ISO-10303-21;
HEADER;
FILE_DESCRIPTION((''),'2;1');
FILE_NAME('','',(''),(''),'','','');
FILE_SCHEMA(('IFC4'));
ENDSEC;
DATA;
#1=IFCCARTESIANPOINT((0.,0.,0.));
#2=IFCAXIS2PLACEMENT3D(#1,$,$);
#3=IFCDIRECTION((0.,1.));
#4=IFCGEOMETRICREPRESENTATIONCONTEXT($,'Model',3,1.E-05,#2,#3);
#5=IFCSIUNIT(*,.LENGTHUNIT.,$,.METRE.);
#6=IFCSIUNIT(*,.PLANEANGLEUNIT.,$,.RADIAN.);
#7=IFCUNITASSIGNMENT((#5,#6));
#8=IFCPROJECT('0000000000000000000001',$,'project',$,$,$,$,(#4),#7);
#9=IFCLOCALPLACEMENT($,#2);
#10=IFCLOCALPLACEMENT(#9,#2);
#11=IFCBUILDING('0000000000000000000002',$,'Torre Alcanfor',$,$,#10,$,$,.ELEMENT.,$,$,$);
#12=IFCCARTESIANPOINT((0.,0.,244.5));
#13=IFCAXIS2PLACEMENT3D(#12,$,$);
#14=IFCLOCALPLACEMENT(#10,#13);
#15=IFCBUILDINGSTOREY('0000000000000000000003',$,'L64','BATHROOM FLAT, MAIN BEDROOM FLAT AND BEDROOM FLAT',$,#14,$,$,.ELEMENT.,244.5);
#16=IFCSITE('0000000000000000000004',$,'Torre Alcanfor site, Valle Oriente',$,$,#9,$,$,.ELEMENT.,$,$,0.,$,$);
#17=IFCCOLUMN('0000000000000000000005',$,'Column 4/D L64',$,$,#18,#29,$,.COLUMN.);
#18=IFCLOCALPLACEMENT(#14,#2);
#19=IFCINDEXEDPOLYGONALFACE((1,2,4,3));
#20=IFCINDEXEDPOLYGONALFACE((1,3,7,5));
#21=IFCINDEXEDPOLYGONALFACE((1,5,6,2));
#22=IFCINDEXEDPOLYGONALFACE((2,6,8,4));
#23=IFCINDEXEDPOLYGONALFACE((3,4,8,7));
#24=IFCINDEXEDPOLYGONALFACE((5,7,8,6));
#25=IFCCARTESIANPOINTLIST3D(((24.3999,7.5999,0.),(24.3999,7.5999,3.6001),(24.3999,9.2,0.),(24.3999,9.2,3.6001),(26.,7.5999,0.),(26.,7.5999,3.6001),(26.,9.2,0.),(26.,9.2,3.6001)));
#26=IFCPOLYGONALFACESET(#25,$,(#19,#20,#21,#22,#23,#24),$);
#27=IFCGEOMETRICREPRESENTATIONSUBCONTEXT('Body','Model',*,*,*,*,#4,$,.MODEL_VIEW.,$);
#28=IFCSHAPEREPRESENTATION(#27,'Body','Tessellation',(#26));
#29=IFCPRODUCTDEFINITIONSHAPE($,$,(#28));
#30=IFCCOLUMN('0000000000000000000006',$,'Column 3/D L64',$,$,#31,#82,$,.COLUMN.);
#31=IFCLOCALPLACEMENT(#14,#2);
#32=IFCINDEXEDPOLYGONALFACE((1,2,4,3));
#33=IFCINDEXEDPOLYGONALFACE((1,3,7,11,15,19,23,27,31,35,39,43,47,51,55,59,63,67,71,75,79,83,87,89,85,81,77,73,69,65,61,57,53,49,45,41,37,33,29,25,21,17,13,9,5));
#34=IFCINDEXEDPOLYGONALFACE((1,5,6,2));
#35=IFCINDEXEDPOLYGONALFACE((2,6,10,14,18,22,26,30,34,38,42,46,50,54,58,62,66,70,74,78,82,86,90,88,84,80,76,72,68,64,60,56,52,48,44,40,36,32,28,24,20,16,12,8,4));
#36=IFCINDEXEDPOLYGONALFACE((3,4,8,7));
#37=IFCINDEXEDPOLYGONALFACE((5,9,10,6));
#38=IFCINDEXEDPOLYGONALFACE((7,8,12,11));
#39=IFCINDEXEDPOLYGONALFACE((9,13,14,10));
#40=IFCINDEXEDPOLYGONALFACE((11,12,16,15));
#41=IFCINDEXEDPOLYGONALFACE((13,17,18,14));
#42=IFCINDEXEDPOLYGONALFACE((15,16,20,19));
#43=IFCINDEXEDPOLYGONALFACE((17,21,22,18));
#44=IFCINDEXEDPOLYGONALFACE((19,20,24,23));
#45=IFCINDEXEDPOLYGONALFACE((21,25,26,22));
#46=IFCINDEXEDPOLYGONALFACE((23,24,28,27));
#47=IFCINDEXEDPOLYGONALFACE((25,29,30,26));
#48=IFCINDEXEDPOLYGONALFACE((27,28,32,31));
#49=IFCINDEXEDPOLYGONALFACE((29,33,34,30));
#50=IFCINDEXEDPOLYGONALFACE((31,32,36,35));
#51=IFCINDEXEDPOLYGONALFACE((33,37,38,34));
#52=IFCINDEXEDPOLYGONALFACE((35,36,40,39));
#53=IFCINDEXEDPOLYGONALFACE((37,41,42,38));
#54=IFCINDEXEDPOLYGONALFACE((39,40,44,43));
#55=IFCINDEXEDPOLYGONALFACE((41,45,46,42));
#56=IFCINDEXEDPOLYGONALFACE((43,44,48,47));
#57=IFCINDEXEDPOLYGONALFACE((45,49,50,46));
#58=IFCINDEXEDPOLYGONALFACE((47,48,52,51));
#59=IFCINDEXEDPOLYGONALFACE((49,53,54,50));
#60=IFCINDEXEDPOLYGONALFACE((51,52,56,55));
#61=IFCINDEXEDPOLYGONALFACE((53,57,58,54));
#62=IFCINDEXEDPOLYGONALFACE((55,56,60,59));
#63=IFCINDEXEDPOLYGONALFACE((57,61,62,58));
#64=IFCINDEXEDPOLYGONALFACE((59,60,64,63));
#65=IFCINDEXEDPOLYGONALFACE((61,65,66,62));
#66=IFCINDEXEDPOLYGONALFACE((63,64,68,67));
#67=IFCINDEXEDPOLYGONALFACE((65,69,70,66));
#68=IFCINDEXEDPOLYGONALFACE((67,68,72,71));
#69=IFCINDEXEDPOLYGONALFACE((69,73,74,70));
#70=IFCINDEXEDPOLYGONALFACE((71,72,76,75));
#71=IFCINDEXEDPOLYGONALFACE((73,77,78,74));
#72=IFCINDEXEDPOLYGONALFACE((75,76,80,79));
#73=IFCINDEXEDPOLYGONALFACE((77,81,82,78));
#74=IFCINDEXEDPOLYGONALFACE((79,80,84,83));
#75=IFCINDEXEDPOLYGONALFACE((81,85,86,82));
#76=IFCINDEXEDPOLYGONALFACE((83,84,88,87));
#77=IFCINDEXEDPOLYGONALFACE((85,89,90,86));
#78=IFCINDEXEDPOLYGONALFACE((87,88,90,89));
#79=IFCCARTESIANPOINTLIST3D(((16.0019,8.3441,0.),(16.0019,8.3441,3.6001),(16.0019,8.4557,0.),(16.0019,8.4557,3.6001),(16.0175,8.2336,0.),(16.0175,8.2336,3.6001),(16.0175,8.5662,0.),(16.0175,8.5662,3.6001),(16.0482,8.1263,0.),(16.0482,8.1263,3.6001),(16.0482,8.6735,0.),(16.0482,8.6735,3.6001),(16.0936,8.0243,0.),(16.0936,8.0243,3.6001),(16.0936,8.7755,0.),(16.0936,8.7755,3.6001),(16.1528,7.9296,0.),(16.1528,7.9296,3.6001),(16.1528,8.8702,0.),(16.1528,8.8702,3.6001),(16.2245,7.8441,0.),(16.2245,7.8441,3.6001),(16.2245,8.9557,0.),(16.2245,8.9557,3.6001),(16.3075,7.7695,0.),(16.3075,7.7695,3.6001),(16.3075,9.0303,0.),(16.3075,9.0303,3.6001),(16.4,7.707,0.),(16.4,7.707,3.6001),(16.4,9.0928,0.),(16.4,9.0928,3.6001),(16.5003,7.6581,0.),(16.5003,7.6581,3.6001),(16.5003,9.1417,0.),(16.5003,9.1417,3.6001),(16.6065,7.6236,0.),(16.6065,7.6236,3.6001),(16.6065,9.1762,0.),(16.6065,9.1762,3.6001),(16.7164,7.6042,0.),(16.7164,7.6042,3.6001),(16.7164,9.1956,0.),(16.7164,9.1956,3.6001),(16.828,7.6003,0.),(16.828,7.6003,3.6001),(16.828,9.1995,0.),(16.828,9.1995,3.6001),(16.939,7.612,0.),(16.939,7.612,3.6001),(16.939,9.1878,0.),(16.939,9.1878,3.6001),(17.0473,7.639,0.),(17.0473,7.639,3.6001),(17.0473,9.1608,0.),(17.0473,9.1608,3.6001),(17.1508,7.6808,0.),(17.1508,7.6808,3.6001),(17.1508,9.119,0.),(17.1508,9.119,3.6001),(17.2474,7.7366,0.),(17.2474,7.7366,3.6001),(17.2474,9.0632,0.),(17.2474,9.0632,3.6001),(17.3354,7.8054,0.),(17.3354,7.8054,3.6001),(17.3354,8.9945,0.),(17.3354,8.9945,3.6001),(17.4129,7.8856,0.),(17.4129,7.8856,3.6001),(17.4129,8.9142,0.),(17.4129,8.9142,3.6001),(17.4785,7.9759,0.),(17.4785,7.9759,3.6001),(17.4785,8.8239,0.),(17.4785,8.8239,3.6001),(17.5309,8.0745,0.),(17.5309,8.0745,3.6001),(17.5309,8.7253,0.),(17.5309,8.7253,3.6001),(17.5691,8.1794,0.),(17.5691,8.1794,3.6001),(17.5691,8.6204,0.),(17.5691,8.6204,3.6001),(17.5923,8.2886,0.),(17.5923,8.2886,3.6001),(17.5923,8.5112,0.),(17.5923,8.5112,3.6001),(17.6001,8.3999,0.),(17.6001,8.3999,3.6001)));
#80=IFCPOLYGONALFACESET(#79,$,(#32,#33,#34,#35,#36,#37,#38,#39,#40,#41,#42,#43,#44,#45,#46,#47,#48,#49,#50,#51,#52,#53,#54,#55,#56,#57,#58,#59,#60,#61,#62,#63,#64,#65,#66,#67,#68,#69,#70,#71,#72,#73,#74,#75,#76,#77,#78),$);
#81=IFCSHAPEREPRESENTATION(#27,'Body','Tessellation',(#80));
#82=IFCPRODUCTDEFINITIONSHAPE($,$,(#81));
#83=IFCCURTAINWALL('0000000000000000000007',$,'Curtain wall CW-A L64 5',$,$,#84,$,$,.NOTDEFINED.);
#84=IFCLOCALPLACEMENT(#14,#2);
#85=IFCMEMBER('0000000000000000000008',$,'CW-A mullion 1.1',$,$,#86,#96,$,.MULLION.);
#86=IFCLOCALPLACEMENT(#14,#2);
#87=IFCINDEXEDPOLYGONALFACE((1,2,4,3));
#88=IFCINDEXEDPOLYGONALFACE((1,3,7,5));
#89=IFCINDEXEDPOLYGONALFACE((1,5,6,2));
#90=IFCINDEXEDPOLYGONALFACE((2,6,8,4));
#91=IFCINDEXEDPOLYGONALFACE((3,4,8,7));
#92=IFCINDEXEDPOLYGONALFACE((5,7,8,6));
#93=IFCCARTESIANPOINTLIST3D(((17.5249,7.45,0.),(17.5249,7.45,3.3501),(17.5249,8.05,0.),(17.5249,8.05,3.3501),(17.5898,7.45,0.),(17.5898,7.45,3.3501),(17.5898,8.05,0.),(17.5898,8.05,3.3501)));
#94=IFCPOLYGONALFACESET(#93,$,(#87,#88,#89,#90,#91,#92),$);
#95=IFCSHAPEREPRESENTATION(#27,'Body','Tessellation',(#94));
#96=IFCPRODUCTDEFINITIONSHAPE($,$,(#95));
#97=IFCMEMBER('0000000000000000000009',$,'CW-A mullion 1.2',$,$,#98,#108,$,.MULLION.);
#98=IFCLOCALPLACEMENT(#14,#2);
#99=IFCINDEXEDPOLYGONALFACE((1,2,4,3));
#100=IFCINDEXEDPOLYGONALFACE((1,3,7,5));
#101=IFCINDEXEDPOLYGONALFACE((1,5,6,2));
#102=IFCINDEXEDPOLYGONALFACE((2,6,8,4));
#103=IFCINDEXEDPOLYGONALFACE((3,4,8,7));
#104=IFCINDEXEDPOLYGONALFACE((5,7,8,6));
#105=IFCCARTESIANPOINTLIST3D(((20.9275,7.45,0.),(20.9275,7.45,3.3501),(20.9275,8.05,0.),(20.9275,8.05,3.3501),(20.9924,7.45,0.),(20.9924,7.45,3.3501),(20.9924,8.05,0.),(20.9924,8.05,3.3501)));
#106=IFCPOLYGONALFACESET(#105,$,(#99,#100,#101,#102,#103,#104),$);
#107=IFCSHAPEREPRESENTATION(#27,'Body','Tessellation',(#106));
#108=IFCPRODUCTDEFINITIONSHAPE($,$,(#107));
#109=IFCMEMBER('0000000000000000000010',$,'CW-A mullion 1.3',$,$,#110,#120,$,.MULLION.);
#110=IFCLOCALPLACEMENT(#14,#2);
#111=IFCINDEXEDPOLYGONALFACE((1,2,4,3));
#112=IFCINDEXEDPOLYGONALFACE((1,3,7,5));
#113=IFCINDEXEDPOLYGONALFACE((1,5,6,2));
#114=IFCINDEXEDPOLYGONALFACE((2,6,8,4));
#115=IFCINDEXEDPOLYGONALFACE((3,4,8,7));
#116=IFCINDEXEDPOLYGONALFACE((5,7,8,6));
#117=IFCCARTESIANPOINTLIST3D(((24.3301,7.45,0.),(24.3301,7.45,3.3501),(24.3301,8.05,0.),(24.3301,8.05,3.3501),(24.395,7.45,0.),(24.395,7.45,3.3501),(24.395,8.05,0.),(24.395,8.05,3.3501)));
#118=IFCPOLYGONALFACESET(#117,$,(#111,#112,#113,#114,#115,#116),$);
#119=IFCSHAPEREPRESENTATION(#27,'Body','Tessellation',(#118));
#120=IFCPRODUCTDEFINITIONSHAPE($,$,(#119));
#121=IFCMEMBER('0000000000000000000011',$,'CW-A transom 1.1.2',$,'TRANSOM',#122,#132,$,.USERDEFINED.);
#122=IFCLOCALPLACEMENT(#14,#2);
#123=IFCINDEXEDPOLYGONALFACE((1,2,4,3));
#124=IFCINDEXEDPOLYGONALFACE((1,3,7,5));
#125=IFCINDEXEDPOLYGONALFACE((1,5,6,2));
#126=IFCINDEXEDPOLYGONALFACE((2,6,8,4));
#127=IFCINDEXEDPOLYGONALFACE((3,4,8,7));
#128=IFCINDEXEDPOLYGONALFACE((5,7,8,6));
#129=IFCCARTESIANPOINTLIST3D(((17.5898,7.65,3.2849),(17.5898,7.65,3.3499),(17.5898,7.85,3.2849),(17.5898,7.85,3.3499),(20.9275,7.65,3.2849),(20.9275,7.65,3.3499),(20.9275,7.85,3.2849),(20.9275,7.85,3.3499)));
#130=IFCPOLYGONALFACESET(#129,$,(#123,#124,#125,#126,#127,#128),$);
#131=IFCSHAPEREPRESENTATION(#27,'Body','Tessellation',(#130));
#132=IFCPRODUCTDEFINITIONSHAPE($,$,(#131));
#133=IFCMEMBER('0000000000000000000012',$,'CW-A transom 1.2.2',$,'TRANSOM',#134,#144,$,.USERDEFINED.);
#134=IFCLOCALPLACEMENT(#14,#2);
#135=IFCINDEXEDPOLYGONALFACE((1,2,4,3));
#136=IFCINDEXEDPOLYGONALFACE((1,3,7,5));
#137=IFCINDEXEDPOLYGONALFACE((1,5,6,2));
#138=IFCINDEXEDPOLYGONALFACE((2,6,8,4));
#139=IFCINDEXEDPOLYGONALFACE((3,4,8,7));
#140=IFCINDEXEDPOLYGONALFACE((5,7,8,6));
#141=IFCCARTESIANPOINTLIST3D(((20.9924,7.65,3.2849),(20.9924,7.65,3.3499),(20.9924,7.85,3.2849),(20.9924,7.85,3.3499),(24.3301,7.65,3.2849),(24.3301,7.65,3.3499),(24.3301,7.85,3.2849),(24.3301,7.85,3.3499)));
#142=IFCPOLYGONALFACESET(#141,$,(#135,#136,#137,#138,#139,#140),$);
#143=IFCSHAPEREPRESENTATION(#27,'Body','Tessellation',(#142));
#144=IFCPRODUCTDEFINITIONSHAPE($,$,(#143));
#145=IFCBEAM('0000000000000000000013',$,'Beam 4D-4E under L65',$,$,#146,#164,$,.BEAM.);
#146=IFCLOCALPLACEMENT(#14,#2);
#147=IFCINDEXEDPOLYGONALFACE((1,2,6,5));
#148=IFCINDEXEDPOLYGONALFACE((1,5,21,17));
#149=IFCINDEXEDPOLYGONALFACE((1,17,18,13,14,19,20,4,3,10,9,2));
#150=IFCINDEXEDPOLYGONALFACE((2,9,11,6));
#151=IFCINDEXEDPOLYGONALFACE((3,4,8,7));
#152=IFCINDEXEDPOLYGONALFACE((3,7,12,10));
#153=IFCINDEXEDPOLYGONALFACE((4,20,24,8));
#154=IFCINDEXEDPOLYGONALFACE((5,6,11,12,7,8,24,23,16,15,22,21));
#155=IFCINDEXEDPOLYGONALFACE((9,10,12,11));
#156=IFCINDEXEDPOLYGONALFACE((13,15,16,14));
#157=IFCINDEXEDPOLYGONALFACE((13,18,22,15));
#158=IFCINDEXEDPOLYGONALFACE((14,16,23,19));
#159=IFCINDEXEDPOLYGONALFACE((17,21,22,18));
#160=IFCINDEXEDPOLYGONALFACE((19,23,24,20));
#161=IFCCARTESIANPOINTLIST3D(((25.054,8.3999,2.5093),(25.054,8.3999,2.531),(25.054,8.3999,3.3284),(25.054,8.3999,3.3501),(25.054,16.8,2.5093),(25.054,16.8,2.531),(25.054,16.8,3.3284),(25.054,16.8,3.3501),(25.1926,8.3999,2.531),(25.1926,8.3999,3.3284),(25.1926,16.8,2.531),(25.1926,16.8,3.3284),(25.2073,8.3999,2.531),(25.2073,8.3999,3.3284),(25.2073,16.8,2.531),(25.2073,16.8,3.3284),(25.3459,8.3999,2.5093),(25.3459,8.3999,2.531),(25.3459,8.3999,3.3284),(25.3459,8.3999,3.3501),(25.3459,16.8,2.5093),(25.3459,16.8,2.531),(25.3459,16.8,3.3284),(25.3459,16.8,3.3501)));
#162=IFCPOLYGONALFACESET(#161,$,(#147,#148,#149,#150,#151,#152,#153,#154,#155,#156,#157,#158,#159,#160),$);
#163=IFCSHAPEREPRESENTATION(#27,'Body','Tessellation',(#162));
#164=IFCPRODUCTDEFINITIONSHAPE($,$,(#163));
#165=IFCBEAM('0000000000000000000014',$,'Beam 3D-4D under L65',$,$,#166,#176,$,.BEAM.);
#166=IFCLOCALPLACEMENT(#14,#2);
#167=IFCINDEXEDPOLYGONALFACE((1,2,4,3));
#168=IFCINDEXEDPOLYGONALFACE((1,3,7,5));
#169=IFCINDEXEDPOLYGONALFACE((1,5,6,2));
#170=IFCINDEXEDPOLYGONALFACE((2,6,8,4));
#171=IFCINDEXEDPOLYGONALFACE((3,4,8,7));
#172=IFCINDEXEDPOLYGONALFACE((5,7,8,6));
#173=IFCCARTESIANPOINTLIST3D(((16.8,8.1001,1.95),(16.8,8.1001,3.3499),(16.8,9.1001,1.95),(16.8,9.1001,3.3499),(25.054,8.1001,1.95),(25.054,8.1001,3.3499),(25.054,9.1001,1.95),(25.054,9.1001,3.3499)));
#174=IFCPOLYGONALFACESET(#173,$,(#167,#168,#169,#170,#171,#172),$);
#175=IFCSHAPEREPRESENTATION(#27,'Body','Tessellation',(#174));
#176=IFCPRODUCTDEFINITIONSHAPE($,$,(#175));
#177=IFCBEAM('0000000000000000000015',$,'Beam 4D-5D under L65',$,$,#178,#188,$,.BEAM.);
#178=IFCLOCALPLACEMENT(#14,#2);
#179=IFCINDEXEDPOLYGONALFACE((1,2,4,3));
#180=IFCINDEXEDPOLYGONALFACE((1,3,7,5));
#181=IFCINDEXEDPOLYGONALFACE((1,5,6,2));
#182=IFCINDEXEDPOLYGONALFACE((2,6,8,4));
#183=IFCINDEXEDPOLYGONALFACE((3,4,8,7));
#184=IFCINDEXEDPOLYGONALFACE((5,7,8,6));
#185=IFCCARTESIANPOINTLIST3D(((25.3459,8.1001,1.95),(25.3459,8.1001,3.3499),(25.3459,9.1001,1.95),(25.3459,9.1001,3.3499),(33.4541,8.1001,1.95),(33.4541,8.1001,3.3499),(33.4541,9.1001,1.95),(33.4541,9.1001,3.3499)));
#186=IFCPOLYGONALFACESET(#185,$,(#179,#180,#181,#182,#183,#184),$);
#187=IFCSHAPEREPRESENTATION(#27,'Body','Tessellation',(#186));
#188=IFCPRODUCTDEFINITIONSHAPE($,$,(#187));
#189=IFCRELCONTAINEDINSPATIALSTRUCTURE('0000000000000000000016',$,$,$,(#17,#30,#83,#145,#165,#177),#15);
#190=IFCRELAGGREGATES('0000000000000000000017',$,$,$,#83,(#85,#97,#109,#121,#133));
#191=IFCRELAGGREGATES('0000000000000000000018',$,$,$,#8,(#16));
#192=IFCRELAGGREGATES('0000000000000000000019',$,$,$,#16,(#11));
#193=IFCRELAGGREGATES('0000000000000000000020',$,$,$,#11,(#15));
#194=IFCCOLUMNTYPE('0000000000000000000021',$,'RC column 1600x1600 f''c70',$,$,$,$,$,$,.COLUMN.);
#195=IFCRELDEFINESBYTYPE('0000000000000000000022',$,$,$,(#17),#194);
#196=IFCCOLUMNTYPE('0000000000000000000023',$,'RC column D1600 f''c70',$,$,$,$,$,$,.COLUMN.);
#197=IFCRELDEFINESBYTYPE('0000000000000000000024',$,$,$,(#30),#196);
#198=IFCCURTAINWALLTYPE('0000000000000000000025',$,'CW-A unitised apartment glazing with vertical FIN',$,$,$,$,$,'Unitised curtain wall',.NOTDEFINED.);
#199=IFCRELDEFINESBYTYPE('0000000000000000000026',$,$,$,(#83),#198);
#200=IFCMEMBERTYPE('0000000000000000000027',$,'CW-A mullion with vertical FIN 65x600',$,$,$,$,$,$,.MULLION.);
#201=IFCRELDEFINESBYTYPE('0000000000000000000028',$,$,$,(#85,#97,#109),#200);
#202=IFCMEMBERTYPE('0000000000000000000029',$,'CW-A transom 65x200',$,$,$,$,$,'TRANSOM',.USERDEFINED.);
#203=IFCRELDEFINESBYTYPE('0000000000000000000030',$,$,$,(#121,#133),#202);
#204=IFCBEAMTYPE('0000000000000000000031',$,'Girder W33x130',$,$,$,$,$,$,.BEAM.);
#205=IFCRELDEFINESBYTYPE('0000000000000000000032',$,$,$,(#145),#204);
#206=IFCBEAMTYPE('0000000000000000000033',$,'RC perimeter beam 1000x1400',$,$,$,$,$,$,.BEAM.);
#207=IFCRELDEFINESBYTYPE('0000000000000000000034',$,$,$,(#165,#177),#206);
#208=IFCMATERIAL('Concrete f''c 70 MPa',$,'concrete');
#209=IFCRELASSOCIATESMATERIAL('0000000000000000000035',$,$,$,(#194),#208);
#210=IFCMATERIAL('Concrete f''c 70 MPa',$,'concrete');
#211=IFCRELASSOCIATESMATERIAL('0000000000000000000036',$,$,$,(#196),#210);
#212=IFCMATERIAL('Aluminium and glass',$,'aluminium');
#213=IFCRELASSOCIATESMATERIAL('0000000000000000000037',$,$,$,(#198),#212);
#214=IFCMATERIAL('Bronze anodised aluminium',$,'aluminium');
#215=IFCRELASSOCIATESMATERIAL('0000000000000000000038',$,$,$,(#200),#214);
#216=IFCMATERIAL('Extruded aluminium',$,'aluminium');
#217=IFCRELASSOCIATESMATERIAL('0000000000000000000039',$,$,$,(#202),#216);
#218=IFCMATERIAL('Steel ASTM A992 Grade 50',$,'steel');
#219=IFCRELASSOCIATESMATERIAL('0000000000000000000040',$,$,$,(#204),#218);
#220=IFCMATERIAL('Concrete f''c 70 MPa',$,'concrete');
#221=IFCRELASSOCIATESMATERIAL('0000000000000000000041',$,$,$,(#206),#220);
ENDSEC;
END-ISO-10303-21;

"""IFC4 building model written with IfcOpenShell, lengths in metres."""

from ifc_helpers import new_model, si_unit, direction, frame, origin, origin_2d, place, context, subcontext, project, spatial, rectangle, circle, i_section, extrude, material, material_profile, profile_set, type_object, element, aggregate, save


model = new_model("IFC4")

# Units and contexts
model_context = context("Model", 3, precision=1e-05, world=origin(), true_north=direction((0.0, 1.0)))
body_context = subcontext(model_context, "Body", "Model", "MODEL_VIEW")
ifc_project = project(units=[si_unit("LENGTHUNIT", "METRE"), si_unit("PLANEANGLEUNIT", "RADIAN")], contexts=[model_context])

# Site, building, storey
site_placement = place(None, origin())
site = spatial("IfcSite", under=ifc_project, at=site_placement, Name="Torre Alcanfor site, Valle Oriente", CompositionType="ELEMENT", RefElevation=0.0)
building_placement = place(site_placement, origin())
building = spatial("IfcBuilding", under=site, at=building_placement, Name="Torre Alcanfor", CompositionType="ELEMENT")
storey_placement = place(building_placement, frame((0.0, 0.0, 244.5)))
storey = spatial("IfcBuildingStorey", under=building, at=storey_placement, Name="L64", Description="BATHROOM FLAT, MAIN BEDROOM FLAT AND BEDROOM FLAT", CompositionType="ELEMENT", Elevation=244.5)

# Columns
ifc_material_1 = material(Name="Concrete f'c 70 MPa", Category="concrete")
ifc_material_profile_1 = material_profile(ifc_material_1, rectangle(XDim=1.6001, YDim=1.6001, at=origin_2d()), Name="1600x1600")
ifc_profile_set_1 = profile_set([ifc_material_profile_1], Name="Concrete f'c 70 MPa")
column_type_1 = type_object("IfcColumnType", Name="RC column 1600x1600 f'c70", PredefinedType="COLUMN", material=ifc_profile_set_1)
column_1_placement = place(storey_placement, frame((25.2, 8.3999, 0.0), z_axis=(0.0, 0.0, 1.0), x_axis=(1.0, 0.0, 0.0)))
element("IfcColumn", 1, at=column_1_placement, inside=storey, type_object=column_type_1, Name="Column 4/D L64", PredefinedType="COLUMN", context=body_context, shape_type="SweptSolid", body=[
    extrude(rectangle(XDim=1.6001, YDim=1.6001, at=origin_2d()), origin(), (0.0, 0.0, 1.0), 3.6001),
])
ifc_material_2 = material(Name="Concrete f'c 70 MPa", Category="concrete")
ifc_material_profile_2 = material_profile(ifc_material_2, circle(Radius=0.8, at=origin_2d()), Name="D1600")
ifc_profile_set_2 = profile_set([ifc_material_profile_2], Name="Concrete f'c 70 MPa")
column_type_2 = type_object("IfcColumnType", Name="RC column D1600 f'c70", PredefinedType="COLUMN", material=ifc_profile_set_2)
column_2_placement = place(storey_placement, frame((16.8, 8.3999, 0.0), z_axis=(0.0, 0.0, 1.0), x_axis=(1.0, 0.0, 0.0)))
element("IfcColumn", 2, at=column_2_placement, inside=storey, type_object=column_type_2, Name="Column 3/D L64", PredefinedType="COLUMN", context=body_context, shape_type="SweptSolid", body=[
    extrude(circle(Radius=0.8, at=origin_2d()), origin(), (0.0, 0.0, 1.0), 3.6001),
])

# Curtain wall, members
ifc_material_3 = material(Name="Aluminium and glass", Category="aluminium")
curtain_wall_type = type_object("IfcCurtainWallType", Name="CW-A unitised apartment glazing with vertical FIN", ElementType="Unitised curtain wall", PredefinedType="NOTDEFINED", material=ifc_material_3)
curtain_wall_placement = place(storey_placement, origin())
curtain_wall = element("IfcCurtainWall", 3, at=curtain_wall_placement, inside=storey, type_object=curtain_wall_type, Name="Curtain wall CW-A L64 5", PredefinedType="NOTDEFINED")
ifc_material_4 = material(Name="Bronze anodised aluminium", Category="aluminium")
ifc_material_profile_3 = material_profile(ifc_material_4, rectangle(XDim=0.6001, YDim=0.0649, at=origin_2d()), Name="CW-A mullion 65x600")
ifc_profile_set_3 = profile_set([ifc_material_profile_3], Name="Bronze anodised aluminium")
member_type_1 = type_object("IfcMemberType", Name="CW-A mullion with vertical FIN 65x600", PredefinedType="MULLION", material=ifc_profile_set_3)
member_1_placement = place(storey_placement, frame((17.5574, 7.75, 0.0), z_axis=(0.0, 0.0, 1.0), x_axis=(0.0, 1.0, 0.0)))
member_1 = element("IfcMember", 4, at=member_1_placement, type_object=member_type_1, Name="CW-A mullion 1.1", PredefinedType="MULLION", context=body_context, shape_type="SweptSolid", body=[
    extrude(rectangle(XDim=0.6001, YDim=0.0649, at=origin_2d()), origin(), (0.0, 0.0, 1.0), 3.3501),
])
member_2_placement = place(storey_placement, frame((20.96, 7.75, 0.0), z_axis=(0.0, 0.0, 1.0), x_axis=(0.0, 1.0, 0.0)))
member_2 = element("IfcMember", 5, at=member_2_placement, type_object=member_type_1, Name="CW-A mullion 1.2", PredefinedType="MULLION", context=body_context, shape_type="SweptSolid", body=[
    extrude(rectangle(XDim=0.6001, YDim=0.0649, at=origin_2d()), origin(), (0.0, 0.0, 1.0), 3.3501),
])
member_3_placement = place(storey_placement, frame((24.3625, 7.75, 0.0), z_axis=(0.0, 0.0, 1.0), x_axis=(0.0, 1.0, 0.0)))
member_3 = element("IfcMember", 6, at=member_3_placement, type_object=member_type_1, Name="CW-A mullion 1.3", PredefinedType="MULLION", context=body_context, shape_type="SweptSolid", body=[
    extrude(rectangle(XDim=0.6001, YDim=0.0649, at=origin_2d()), origin(), (0.0, 0.0, 1.0), 3.3501),
])
ifc_material_5 = material(Name="Extruded aluminium", Category="aluminium")
ifc_material_profile_4 = material_profile(ifc_material_5, rectangle(XDim=0.2, YDim=0.0649, at=origin_2d()), Name="CW-A transom 200x65")
ifc_profile_set_4 = profile_set([ifc_material_profile_4], Name="Extruded aluminium")
member_type_2 = type_object("IfcMemberType", Name="CW-A transom 65x200", ElementType="TRANSOM", PredefinedType="USERDEFINED", material=ifc_profile_set_4)
member_4_placement = place(storey_placement, frame((17.5898, 7.75, 3.3174), z_axis=(1.0, 0.0, 0.0), x_axis=(0.0, 1.0, 0.0)))
member_4 = element("IfcMember", 7, at=member_4_placement, type_object=member_type_2, Name="CW-A transom 1.1.2", ObjectType="TRANSOM", PredefinedType="USERDEFINED", context=body_context, shape_type="SweptSolid", body=[
    extrude(rectangle(XDim=0.2, YDim=0.0649, at=origin_2d()), origin(), (0.0, 0.0, 1.0), 3.3376),
])
member_5_placement = place(storey_placement, frame((20.9924, 7.75, 3.3174), z_axis=(1.0, 0.0, 0.0), x_axis=(0.0, 1.0, 0.0)))
member_5 = element("IfcMember", 8, at=member_5_placement, type_object=member_type_2, Name="CW-A transom 1.2.2", ObjectType="TRANSOM", PredefinedType="USERDEFINED", context=body_context, shape_type="SweptSolid", body=[
    extrude(rectangle(XDim=0.2, YDim=0.0649, at=origin_2d()), origin(), (0.0, 0.0, 1.0), 3.3376),
])

# Beams
ifc_material_6 = material(Name="Steel ASTM A992 Grade 50", Category="steel")
ifc_material_profile_5 = material_profile(ifc_material_6, i_section(OverallWidth=0.292, OverallDepth=0.8408, WebThickness=0.0146, FlangeThickness=0.0217, at=origin_2d()), Name="W33x130")
ifc_profile_set_5 = profile_set([ifc_material_profile_5], Name="Steel ASTM A992 Grade 50")
beam_type_1 = type_object("IfcBeamType", Name="Girder W33x130", PredefinedType="BEAM", material=ifc_profile_set_5)
beam_1_placement = place(storey_placement, frame((25.2, 8.3999, 2.9297), z_axis=(0.0, 1.0, 0.0), x_axis=(-1.0, 0.0, 0.0)))
element("IfcBeam", 9, at=beam_1_placement, inside=storey, type_object=beam_type_1, Name="Beam 4D-4E under L65", PredefinedType="BEAM", context=body_context, shape_type="SweptSolid", body=[
    extrude(i_section(OverallWidth=0.292, OverallDepth=0.8408, WebThickness=0.0146, FlangeThickness=0.0217, at=origin_2d()), origin(), (0.0, 0.0, 1.0), 8.4001),
])
ifc_material_7 = material(Name="Concrete f'c 70 MPa", Category="concrete")
ifc_material_profile_6 = material_profile(ifc_material_7, rectangle(XDim=1.0, YDim=1.3999, at=origin_2d()), Name="1000x1400")
ifc_profile_set_6 = profile_set([ifc_material_profile_6], Name="Concrete f'c 70 MPa")
beam_type_2 = type_object("IfcBeamType", Name="RC perimeter beam 1000x1400", PredefinedType="BEAM", material=ifc_profile_set_6)
beam_2_placement = place(storey_placement, frame((16.8, 8.6001, 2.6499), z_axis=(1.0, 0.0, 0.0), x_axis=(0.0, 1.0, 0.0)))
element("IfcBeam", 10, at=beam_2_placement, inside=storey, type_object=beam_type_2, Name="Beam 3D-4D under L65", PredefinedType="BEAM", context=body_context, shape_type="SweptSolid", body=[
    extrude(rectangle(XDim=1.0, YDim=1.3999, at=origin_2d()), origin(), (0.0, 0.0, 1.0), 8.2539),
])
beam_3_placement = place(storey_placement, frame((25.3459, 8.6001, 2.6499), z_axis=(1.0, 0.0, 0.0), x_axis=(0.0, 1.0, 0.0)))
element("IfcBeam", 11, at=beam_3_placement, inside=storey, type_object=beam_type_2, Name="Beam 4D-5D under L65", PredefinedType="BEAM", context=body_context, shape_type="SweptSolid", body=[
    extrude(rectangle(XDim=1.0, YDim=1.3999, at=origin_2d()), origin(), (0.0, 0.0, 1.0), 8.1082),
])

aggregate(curtain_wall, [member_1, member_2, member_3, member_4, member_5])

save(model, "model.ifc")
